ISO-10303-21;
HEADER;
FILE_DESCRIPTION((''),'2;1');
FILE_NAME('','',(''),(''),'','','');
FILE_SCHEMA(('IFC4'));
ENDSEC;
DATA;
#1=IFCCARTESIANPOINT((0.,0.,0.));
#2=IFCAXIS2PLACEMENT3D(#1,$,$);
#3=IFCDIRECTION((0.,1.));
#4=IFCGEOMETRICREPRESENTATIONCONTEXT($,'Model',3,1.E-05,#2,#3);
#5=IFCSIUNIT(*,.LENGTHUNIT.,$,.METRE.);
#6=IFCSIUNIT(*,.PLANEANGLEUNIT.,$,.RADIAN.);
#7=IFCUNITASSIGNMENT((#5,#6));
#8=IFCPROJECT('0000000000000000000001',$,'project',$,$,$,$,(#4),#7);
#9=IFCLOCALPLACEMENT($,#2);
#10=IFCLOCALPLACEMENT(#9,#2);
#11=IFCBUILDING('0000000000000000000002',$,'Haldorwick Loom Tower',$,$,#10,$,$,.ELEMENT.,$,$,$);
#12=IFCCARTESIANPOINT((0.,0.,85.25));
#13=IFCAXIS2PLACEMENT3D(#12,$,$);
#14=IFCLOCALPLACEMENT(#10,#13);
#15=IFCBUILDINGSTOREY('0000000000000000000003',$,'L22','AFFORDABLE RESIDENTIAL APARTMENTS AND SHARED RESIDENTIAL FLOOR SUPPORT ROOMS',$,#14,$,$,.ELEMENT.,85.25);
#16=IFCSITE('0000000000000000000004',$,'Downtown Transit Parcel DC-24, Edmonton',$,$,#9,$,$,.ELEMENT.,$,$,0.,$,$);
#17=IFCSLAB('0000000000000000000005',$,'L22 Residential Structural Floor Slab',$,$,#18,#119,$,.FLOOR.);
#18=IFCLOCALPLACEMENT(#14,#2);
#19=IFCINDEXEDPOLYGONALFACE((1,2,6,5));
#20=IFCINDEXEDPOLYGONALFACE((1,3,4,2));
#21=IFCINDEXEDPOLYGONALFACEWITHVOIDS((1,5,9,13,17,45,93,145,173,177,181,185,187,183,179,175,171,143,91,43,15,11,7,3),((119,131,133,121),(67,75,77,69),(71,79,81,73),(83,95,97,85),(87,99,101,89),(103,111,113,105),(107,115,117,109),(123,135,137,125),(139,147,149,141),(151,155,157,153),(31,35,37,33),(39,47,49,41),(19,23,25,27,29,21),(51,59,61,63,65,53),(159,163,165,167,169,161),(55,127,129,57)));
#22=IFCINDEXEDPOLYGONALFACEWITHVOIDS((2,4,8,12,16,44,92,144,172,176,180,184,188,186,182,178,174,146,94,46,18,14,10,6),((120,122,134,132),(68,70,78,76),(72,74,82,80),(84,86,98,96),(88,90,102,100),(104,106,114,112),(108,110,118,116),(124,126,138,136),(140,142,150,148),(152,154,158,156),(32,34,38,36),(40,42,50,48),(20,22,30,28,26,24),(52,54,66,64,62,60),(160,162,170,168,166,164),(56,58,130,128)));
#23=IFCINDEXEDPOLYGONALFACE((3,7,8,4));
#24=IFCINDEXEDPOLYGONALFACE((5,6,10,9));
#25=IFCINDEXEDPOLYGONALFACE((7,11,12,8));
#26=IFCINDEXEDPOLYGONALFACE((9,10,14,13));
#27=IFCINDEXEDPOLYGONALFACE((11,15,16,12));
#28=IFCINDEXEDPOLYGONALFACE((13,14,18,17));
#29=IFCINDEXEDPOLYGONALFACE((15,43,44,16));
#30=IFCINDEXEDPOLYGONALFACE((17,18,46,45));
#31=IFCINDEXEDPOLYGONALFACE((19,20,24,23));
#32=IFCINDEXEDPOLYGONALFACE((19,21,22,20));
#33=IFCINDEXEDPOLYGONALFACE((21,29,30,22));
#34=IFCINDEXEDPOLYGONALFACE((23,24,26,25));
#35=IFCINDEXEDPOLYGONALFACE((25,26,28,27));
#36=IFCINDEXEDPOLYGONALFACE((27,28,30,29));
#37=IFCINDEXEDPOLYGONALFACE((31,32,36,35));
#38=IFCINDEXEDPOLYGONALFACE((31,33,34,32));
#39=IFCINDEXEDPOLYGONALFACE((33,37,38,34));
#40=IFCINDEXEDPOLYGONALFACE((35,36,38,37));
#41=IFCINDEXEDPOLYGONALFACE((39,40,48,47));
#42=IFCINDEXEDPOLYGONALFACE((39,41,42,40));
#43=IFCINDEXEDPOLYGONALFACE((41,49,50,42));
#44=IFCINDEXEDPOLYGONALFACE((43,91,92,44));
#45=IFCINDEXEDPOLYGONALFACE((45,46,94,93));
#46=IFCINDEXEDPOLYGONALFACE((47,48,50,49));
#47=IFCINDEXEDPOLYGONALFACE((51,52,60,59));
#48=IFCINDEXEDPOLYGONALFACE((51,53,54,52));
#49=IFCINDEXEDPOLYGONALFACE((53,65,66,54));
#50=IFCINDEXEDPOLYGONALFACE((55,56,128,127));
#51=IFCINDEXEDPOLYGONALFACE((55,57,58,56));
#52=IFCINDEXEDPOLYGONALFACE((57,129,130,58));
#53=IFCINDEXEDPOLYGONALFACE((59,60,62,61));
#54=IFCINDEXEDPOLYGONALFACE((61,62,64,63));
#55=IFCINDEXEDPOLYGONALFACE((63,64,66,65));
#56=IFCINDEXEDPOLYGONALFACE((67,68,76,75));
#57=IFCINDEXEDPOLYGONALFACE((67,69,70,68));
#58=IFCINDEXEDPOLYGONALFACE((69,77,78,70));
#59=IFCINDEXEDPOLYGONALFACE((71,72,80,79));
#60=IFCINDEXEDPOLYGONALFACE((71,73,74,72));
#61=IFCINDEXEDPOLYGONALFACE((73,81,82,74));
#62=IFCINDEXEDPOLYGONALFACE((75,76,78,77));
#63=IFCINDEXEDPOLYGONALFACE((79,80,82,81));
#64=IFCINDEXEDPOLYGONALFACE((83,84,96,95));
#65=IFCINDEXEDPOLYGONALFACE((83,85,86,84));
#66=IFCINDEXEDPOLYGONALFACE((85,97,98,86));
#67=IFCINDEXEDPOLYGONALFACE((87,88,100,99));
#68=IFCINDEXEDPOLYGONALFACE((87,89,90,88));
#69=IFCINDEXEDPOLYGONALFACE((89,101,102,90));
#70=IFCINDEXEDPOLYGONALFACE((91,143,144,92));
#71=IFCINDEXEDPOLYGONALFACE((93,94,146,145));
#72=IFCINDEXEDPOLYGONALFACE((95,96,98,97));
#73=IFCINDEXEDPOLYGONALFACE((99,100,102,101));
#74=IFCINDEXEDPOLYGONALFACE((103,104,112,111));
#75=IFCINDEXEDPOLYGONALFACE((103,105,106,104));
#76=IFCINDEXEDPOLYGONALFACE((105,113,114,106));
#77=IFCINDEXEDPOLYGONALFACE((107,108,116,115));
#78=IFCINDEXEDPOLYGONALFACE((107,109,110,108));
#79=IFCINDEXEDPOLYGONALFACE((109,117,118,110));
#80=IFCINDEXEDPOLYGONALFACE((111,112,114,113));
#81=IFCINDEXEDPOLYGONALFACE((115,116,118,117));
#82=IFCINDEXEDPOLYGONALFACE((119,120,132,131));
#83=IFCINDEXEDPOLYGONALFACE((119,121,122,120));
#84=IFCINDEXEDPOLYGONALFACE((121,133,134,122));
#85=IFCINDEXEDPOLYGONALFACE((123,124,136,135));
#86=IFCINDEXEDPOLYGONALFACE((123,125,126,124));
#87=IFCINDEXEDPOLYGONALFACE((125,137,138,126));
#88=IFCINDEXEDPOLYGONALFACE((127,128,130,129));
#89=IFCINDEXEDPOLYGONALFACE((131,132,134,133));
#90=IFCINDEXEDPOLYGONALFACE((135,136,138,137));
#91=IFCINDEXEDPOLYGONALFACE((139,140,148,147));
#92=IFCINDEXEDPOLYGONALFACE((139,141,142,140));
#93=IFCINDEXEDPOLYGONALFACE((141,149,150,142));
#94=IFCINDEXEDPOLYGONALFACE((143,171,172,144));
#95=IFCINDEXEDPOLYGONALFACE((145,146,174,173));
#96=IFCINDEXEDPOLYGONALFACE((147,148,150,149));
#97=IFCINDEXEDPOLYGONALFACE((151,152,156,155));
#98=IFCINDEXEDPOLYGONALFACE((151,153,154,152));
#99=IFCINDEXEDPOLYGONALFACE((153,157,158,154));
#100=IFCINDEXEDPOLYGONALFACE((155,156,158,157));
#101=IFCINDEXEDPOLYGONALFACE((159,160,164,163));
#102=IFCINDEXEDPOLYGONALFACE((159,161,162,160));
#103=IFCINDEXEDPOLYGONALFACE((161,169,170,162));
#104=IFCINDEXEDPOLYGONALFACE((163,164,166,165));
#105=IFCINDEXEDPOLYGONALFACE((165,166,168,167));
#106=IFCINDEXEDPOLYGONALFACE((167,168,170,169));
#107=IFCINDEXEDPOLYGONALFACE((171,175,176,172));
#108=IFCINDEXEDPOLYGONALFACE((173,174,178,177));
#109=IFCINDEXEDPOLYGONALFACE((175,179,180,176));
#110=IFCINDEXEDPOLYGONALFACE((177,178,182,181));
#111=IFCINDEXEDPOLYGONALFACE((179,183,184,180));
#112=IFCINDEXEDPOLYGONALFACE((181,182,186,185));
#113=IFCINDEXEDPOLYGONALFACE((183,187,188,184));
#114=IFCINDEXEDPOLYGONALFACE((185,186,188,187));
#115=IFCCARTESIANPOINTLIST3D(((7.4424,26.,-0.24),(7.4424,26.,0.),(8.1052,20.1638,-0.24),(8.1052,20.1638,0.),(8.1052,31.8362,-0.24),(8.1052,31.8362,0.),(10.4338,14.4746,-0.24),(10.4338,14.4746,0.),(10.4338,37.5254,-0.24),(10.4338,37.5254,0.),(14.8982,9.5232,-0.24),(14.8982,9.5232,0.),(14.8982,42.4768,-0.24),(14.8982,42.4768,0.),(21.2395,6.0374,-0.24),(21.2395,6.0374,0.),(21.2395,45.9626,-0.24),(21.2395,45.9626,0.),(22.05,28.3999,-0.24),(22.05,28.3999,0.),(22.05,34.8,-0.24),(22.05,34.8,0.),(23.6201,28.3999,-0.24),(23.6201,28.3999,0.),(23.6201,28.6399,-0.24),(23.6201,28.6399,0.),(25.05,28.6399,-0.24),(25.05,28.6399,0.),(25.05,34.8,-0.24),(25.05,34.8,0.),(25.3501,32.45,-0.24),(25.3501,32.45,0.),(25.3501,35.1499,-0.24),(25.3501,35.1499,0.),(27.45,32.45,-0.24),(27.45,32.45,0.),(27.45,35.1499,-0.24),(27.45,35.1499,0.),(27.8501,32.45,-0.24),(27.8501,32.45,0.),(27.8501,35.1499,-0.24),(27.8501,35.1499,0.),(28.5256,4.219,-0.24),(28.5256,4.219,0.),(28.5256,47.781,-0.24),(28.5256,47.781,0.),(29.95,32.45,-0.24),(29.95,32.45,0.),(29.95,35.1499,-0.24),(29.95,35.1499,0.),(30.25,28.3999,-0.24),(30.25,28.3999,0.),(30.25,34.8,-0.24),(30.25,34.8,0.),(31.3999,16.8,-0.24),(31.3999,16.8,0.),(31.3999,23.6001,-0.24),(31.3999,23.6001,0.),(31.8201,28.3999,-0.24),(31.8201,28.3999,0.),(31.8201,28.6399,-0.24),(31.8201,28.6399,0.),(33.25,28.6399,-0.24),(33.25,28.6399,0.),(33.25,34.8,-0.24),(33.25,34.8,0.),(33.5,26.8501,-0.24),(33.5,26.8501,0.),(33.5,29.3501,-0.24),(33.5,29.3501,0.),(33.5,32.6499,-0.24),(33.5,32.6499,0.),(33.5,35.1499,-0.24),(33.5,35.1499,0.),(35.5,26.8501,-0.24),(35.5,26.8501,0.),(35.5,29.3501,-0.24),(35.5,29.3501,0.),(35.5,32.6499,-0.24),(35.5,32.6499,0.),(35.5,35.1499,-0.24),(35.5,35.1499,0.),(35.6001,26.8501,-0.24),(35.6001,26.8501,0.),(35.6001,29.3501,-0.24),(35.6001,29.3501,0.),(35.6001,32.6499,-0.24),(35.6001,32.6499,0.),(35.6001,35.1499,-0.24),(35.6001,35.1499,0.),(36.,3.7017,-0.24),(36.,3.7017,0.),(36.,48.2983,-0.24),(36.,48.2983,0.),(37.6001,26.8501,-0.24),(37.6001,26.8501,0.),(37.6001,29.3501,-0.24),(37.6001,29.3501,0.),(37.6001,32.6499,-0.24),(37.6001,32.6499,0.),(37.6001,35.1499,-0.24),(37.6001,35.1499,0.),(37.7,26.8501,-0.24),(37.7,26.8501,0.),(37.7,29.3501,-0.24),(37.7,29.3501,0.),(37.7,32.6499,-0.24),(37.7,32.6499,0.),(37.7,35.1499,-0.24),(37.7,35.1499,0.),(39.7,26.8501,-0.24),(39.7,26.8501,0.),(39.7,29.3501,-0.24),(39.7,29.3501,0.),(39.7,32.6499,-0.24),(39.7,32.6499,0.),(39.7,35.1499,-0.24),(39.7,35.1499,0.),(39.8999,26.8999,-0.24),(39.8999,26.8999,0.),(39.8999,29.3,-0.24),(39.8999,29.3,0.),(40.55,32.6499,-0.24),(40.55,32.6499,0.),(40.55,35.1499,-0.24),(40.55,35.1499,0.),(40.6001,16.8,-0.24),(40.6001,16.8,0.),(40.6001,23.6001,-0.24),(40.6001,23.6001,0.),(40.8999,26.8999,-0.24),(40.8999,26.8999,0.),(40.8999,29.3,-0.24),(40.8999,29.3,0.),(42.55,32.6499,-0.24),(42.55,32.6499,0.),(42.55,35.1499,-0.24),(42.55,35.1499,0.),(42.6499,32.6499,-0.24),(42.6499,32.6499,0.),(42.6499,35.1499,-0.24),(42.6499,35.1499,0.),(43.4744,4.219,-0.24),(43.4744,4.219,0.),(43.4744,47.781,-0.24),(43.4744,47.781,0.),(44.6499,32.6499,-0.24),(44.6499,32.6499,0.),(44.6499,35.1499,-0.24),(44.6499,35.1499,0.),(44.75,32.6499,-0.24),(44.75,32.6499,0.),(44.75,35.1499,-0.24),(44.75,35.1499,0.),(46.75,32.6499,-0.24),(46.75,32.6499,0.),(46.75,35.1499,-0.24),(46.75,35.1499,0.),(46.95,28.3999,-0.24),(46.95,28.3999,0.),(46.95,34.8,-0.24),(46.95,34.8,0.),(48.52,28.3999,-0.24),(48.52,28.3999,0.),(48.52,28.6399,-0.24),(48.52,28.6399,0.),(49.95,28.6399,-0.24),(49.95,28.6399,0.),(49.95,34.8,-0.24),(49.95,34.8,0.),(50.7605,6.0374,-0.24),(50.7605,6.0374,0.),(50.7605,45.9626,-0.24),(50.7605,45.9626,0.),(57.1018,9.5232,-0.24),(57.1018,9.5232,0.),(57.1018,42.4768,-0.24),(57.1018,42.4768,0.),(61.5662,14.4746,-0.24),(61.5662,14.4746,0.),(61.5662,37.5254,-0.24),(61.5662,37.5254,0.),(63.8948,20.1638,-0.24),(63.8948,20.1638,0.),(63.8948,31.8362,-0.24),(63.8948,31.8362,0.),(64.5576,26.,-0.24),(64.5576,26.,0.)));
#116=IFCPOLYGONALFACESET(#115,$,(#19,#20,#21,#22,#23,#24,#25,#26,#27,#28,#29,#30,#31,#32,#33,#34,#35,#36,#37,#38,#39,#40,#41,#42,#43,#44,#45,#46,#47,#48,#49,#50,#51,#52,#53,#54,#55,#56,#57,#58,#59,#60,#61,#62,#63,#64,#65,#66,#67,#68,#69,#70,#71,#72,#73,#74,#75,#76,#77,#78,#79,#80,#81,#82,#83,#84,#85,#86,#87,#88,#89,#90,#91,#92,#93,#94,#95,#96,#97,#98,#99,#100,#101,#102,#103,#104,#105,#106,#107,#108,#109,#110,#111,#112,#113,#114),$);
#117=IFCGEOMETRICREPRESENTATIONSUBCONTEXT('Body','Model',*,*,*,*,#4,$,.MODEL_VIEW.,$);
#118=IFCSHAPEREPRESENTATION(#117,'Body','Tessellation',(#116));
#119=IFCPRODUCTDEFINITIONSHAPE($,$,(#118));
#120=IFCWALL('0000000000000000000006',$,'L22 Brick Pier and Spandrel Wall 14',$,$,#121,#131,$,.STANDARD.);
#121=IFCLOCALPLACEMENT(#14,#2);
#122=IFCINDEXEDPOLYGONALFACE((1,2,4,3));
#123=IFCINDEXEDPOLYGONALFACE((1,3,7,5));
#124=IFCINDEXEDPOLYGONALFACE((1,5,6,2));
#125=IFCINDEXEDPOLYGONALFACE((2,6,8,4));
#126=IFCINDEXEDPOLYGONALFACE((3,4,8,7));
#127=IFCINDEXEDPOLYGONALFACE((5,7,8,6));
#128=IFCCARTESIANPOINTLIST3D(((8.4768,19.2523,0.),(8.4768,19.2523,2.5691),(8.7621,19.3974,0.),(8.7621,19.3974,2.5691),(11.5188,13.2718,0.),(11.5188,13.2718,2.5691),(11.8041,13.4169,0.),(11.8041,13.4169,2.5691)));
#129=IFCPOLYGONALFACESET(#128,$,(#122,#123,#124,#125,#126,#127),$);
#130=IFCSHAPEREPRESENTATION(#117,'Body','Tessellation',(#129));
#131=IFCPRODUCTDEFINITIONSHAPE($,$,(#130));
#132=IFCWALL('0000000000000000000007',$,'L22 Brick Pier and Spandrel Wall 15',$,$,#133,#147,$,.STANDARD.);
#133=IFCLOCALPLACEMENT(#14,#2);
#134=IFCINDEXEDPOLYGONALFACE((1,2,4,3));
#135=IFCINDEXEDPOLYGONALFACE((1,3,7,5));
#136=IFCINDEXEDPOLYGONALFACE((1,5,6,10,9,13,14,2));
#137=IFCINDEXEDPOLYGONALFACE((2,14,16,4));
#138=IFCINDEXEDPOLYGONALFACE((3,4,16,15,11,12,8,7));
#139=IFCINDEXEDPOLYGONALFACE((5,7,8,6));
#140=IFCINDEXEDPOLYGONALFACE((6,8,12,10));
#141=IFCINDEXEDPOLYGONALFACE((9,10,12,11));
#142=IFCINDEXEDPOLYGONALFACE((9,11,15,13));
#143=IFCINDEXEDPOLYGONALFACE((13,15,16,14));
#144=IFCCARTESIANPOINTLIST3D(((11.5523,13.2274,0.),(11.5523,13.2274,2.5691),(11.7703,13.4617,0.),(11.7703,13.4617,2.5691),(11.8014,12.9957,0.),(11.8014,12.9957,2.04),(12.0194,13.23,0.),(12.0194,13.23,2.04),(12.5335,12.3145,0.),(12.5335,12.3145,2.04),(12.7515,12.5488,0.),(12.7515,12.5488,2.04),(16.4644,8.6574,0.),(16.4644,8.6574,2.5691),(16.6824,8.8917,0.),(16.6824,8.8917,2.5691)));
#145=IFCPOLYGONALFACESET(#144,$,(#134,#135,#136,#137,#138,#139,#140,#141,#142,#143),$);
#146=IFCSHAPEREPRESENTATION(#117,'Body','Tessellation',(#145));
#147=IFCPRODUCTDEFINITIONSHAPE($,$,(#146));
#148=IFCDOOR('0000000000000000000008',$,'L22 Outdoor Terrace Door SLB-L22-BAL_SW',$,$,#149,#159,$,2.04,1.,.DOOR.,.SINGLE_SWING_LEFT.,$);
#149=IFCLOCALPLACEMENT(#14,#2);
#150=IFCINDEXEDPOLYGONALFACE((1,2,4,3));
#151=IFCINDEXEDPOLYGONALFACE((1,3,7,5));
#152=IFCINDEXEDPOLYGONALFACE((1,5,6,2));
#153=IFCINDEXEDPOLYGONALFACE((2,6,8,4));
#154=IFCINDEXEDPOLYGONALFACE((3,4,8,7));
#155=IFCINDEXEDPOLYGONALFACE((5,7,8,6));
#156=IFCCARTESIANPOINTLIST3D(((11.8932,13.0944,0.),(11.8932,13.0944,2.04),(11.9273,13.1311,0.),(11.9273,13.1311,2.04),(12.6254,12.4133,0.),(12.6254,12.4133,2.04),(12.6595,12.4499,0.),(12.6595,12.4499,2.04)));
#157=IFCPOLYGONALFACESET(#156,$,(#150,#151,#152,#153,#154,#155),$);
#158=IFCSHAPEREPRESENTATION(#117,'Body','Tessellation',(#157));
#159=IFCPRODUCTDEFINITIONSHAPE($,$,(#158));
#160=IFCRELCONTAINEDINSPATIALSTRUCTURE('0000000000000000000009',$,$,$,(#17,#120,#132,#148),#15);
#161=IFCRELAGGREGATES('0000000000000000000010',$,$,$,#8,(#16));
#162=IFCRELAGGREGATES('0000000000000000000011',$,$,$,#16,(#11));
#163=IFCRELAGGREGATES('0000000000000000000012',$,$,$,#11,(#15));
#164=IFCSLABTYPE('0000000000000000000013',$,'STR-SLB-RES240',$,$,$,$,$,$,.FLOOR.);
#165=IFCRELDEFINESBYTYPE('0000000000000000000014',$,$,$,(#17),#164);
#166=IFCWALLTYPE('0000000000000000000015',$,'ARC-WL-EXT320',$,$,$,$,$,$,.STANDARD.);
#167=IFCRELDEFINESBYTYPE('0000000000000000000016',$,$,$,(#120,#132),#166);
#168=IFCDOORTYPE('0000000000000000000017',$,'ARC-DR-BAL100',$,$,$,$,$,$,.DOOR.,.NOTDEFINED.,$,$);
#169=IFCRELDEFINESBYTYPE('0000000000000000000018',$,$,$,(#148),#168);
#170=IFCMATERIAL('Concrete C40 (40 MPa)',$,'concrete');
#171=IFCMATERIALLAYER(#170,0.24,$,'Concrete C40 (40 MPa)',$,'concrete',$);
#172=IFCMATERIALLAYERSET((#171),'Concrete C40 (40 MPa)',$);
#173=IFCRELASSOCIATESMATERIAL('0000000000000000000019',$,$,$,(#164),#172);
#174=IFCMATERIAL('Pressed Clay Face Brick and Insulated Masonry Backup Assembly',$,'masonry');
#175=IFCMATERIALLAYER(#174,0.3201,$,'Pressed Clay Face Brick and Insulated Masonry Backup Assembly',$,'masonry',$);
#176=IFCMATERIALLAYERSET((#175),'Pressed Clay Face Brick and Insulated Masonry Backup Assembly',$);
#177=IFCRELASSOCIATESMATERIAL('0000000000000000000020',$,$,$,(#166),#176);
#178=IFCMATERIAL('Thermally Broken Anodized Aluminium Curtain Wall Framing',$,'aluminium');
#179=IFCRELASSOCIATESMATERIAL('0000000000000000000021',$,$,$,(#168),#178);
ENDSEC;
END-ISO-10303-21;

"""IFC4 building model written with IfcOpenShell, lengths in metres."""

from ifc_helpers import new_model, si_unit, direction, frame, frame_2d, origin, place, context, subcontext, project, spatial, polyline, rectangle, outline, extrude, material, layer, layer_set, type_object, element, fill, save


model = new_model("IFC4")

# Units and contexts
model_context = context("Model", 3, precision=1e-05, world=origin(), true_north=direction((0.0, 1.0)))
body_context = subcontext(model_context, "Body", "Model", "MODEL_VIEW")
ifc_project = project(units=[si_unit("LENGTHUNIT", "METRE"), si_unit("PLANEANGLEUNIT", "RADIAN")], contexts=[model_context])

# Site, building, storey
site_placement = place(None, origin())
site = spatial("IfcSite", under=ifc_project, at=site_placement, Name="Downtown Transit Parcel DC-24, Edmonton", CompositionType="ELEMENT", RefElevation=0.0)
building_placement = place(site_placement, origin())
building = spatial("IfcBuilding", under=site, at=building_placement, Name="Haldorwick Loom Tower", CompositionType="ELEMENT")
storey_placement = place(building_placement, frame((0.0, 0.0, 85.25)))
storey = spatial("IfcBuildingStorey", under=building, at=storey_placement, Name="L22", Description="AFFORDABLE RESIDENTIAL APARTMENTS AND SHARED RESIDENTIAL FLOOR SUPPORT ROOMS", CompositionType="ELEMENT", Elevation=85.25)

# Shared definitions
ifc_material_1 = material(Name="Concrete C40 (40 MPa)", Category="concrete")

# Slab
ifc_layer_1 = layer(ifc_material_1, 0.24, Name="Concrete C40 (40 MPa)", Category="concrete")
ifc_layer_set_1 = layer_set([ifc_layer_1], Name="Concrete C40 (40 MPa)")
slab_type_1 = type_object("IfcSlabType", Name="STR-SLB-RES240", PredefinedType="FLOOR", material=ifc_layer_set_1)
slab_1_placement = place(storey_placement, frame((0.0, 0.0, -0.24)))
element("IfcSlab", 1, at=slab_1_placement, inside=storey, type_object=slab_type_1, Name="L22 Residential Structural Floor Slab", PredefinedType="FLOOR", context=body_context, shape_type="SweptSolid", body=[
    extrude(outline(polyline([(57.1018, 9.5232), (61.5662, 14.4746), (63.8948, 20.1638), (64.5576, 26.0), (63.8948, 31.8362), (61.5662, 37.5254), (57.1018, 42.4768), (50.7605, 45.9626), (43.4744, 47.781), (36.0, 48.2983), (28.5256, 47.781), (21.2395, 45.9626), (14.8982, 42.4768), (10.4338, 37.5254), (8.1052, 31.8362), (7.4424, 26.0), (8.1052, 20.1638), (10.4338, 14.4746), (14.8982, 9.5232), (21.2395, 6.0374), (28.5256, 4.219), (36.0, 3.7017), (43.4744, 4.219), (50.7605, 6.0374), (57.1018, 9.5232)]), holes=[polyline([(31.3999, 23.6001), (40.6001, 23.6001), (40.6001, 16.8), (31.3999, 16.8), (31.3999, 23.6001)]), polyline([(33.5, 26.8501), (33.5, 29.3501), (35.5, 29.3501), (35.5, 26.8501), (33.5, 26.8501)]), polyline([(22.05, 28.3999), (22.05, 34.8), (25.05, 34.8), (25.05, 28.6399), (23.6201, 28.6399), (23.6201, 28.3999), (22.05, 28.3999)]), polyline([(30.25, 28.3999), (30.25, 34.8), (33.25, 34.8), (33.25, 28.6399), (31.8201, 28.6399), (31.8201, 28.3999), (30.25, 28.3999)]), polyline([(25.3501, 32.45), (25.3501, 35.1499), (27.45, 35.1499), (27.45, 32.45), (25.3501, 32.45)]), polyline([(27.8501, 32.45), (27.8501, 35.1499), (29.95, 35.1499), (29.95, 32.45), (27.8501, 32.45)]), polyline([(33.5, 32.6499), (33.5, 35.1499), (35.5, 35.1499), (35.5, 32.6499), (33.5, 32.6499)]), polyline([(35.6001, 32.6499), (35.6001, 35.1499), (37.6001, 35.1499), (37.6001, 32.6499), (35.6001, 32.6499)]), polyline([(35.6001, 26.8501), (35.6001, 29.3501), (37.6001, 29.3501), (37.6001, 26.8501), (35.6001, 26.8501)]), polyline([(37.7, 26.8501), (37.7, 29.3501), (39.7, 29.3501), (39.7, 26.8501), (37.7, 26.8501)]), polyline([(39.8999, 26.8999), (39.8999, 29.3), (40.8999, 29.3), (40.8999, 26.8999), (39.8999, 26.8999)]), polyline([(46.95, 28.3999), (46.95, 34.8), (49.95, 34.8), (49.95, 28.6399), (48.52, 28.6399), (48.52, 28.3999), (46.95, 28.3999)]), polyline([(37.7, 32.6499), (37.7, 35.1499), (39.7, 35.1499), (39.7, 32.6499), (37.7, 32.6499)]), polyline([(40.55, 32.6499), (40.55, 35.1499), (42.55, 35.1499), (42.55, 32.6499), (40.55, 32.6499)]), polyline([(42.6499, 32.6499), (42.6499, 35.1499), (44.6499, 35.1499), (44.6499, 32.6499), (42.6499, 32.6499)]), polyline([(44.75, 32.6499), (44.75, 35.1499), (46.75, 35.1499), (46.75, 32.6499), (44.75, 32.6499)])]), origin(), (0.0, 0.0, 1.0), 0.24),
])

# Wall
ifc_material_2 = material(Name="Pressed Clay Face Brick and Insulated Masonry Backup Assembly", Category="masonry")
ifc_layer_2 = layer(ifc_material_2, 0.3201, Name="Pressed Clay Face Brick and Insulated Masonry Backup Assembly", Category="masonry")
ifc_layer_set_2 = layer_set([ifc_layer_2], Name="Pressed Clay Face Brick and Insulated Masonry Backup Assembly")
wall_type_1 = type_object("IfcWallType", Name="ARC-WL-EXT320", PredefinedType="STANDARD", material=ifc_layer_set_2)
wall_1_placement = place(storey_placement, frame((8.6194, 19.325, 0.0), z_axis=(0.0, 0.0, 1.0), x_axis=(0.453374, -0.89132, 0.0)))
element("IfcWall", 2, at=wall_1_placement, inside=storey, type_object=wall_type_1, Name="L22 Brick Pier and Spandrel Wall 14", PredefinedType="STANDARD", context=body_context, shape_type="SweptSolid", body=[
    extrude(rectangle(XDim=6.7097, YDim=0.3201, at=frame_2d((3.355, 0.0))), origin(), (0.0, 0.0, 1.0), 2.5691),
])

# Wall, opening, door
wall_2_placement = place(storey_placement, frame((11.6614, 13.3445, 0.0), z_axis=(0.0, 0.0, 1.0), x_axis=(0.732137, -0.681157, 0.0)))
wall_2 = element("IfcWall", 3, at=wall_2_placement, inside=storey, type_object=wall_type_1, Name="L22 Brick Pier and Spandrel Wall 15", PredefinedType="STANDARD", context=body_context, shape_type="SweptSolid", body=[
    extrude(rectangle(XDim=6.7092, YDim=0.3201, at=frame_2d((3.3545, 0.0))), origin(), (0.0, 0.0, 1.0), 2.5691),
])
opening_1_placement = place(wall_2_placement, frame((0.3401, 0.0, 0.0)))
opening_1 = element("IfcOpeningElement", 4, at=opening_1_placement, cuts=wall_2, PredefinedType="OPENING", context=body_context, shape_type="SweptSolid", body=[
    extrude(rectangle(XDim=1.0, YDim=2.04, at=frame_2d((0.5, 1.02))), frame((0.0, 0.1699, 0.0), z_axis=(0.0, -1.0, 0.0), x_axis=(1.0, 0.0, 0.0)), (0.0, 0.0, 1.0), 0.3401),
])
ifc_material_3 = material(Name="Thermally Broken Anodized Aluminium Curtain Wall Framing", Category="aluminium")
door_type = type_object("IfcDoorType", Name="ARC-DR-BAL100", OperationType="NOTDEFINED", PredefinedType="DOOR", material=ifc_material_3)
door_placement = place(opening_1_placement, origin())
door = element("IfcDoor", 5, at=door_placement, inside=storey, type_object=door_type, Name="L22 Outdoor Terrace Door SLB-L22-BAL_SW", OperationType="SINGLE_SWING_LEFT", OverallHeight=2.04, OverallWidth=1.0, PredefinedType="DOOR", context=body_context, shape_type="SweptSolid", body=[
    extrude(rectangle(XDim=1.0, YDim=2.04, at=frame_2d((0.5, 1.02))), frame((0.0, 0.0249, 0.0), z_axis=(0.0, -1.0, 0.0), x_axis=(1.0, 0.0, 0.0)), (0.0, 0.0, 1.0), 0.05),
])
fill(opening_1, door)

save(model, "model.ifc")
